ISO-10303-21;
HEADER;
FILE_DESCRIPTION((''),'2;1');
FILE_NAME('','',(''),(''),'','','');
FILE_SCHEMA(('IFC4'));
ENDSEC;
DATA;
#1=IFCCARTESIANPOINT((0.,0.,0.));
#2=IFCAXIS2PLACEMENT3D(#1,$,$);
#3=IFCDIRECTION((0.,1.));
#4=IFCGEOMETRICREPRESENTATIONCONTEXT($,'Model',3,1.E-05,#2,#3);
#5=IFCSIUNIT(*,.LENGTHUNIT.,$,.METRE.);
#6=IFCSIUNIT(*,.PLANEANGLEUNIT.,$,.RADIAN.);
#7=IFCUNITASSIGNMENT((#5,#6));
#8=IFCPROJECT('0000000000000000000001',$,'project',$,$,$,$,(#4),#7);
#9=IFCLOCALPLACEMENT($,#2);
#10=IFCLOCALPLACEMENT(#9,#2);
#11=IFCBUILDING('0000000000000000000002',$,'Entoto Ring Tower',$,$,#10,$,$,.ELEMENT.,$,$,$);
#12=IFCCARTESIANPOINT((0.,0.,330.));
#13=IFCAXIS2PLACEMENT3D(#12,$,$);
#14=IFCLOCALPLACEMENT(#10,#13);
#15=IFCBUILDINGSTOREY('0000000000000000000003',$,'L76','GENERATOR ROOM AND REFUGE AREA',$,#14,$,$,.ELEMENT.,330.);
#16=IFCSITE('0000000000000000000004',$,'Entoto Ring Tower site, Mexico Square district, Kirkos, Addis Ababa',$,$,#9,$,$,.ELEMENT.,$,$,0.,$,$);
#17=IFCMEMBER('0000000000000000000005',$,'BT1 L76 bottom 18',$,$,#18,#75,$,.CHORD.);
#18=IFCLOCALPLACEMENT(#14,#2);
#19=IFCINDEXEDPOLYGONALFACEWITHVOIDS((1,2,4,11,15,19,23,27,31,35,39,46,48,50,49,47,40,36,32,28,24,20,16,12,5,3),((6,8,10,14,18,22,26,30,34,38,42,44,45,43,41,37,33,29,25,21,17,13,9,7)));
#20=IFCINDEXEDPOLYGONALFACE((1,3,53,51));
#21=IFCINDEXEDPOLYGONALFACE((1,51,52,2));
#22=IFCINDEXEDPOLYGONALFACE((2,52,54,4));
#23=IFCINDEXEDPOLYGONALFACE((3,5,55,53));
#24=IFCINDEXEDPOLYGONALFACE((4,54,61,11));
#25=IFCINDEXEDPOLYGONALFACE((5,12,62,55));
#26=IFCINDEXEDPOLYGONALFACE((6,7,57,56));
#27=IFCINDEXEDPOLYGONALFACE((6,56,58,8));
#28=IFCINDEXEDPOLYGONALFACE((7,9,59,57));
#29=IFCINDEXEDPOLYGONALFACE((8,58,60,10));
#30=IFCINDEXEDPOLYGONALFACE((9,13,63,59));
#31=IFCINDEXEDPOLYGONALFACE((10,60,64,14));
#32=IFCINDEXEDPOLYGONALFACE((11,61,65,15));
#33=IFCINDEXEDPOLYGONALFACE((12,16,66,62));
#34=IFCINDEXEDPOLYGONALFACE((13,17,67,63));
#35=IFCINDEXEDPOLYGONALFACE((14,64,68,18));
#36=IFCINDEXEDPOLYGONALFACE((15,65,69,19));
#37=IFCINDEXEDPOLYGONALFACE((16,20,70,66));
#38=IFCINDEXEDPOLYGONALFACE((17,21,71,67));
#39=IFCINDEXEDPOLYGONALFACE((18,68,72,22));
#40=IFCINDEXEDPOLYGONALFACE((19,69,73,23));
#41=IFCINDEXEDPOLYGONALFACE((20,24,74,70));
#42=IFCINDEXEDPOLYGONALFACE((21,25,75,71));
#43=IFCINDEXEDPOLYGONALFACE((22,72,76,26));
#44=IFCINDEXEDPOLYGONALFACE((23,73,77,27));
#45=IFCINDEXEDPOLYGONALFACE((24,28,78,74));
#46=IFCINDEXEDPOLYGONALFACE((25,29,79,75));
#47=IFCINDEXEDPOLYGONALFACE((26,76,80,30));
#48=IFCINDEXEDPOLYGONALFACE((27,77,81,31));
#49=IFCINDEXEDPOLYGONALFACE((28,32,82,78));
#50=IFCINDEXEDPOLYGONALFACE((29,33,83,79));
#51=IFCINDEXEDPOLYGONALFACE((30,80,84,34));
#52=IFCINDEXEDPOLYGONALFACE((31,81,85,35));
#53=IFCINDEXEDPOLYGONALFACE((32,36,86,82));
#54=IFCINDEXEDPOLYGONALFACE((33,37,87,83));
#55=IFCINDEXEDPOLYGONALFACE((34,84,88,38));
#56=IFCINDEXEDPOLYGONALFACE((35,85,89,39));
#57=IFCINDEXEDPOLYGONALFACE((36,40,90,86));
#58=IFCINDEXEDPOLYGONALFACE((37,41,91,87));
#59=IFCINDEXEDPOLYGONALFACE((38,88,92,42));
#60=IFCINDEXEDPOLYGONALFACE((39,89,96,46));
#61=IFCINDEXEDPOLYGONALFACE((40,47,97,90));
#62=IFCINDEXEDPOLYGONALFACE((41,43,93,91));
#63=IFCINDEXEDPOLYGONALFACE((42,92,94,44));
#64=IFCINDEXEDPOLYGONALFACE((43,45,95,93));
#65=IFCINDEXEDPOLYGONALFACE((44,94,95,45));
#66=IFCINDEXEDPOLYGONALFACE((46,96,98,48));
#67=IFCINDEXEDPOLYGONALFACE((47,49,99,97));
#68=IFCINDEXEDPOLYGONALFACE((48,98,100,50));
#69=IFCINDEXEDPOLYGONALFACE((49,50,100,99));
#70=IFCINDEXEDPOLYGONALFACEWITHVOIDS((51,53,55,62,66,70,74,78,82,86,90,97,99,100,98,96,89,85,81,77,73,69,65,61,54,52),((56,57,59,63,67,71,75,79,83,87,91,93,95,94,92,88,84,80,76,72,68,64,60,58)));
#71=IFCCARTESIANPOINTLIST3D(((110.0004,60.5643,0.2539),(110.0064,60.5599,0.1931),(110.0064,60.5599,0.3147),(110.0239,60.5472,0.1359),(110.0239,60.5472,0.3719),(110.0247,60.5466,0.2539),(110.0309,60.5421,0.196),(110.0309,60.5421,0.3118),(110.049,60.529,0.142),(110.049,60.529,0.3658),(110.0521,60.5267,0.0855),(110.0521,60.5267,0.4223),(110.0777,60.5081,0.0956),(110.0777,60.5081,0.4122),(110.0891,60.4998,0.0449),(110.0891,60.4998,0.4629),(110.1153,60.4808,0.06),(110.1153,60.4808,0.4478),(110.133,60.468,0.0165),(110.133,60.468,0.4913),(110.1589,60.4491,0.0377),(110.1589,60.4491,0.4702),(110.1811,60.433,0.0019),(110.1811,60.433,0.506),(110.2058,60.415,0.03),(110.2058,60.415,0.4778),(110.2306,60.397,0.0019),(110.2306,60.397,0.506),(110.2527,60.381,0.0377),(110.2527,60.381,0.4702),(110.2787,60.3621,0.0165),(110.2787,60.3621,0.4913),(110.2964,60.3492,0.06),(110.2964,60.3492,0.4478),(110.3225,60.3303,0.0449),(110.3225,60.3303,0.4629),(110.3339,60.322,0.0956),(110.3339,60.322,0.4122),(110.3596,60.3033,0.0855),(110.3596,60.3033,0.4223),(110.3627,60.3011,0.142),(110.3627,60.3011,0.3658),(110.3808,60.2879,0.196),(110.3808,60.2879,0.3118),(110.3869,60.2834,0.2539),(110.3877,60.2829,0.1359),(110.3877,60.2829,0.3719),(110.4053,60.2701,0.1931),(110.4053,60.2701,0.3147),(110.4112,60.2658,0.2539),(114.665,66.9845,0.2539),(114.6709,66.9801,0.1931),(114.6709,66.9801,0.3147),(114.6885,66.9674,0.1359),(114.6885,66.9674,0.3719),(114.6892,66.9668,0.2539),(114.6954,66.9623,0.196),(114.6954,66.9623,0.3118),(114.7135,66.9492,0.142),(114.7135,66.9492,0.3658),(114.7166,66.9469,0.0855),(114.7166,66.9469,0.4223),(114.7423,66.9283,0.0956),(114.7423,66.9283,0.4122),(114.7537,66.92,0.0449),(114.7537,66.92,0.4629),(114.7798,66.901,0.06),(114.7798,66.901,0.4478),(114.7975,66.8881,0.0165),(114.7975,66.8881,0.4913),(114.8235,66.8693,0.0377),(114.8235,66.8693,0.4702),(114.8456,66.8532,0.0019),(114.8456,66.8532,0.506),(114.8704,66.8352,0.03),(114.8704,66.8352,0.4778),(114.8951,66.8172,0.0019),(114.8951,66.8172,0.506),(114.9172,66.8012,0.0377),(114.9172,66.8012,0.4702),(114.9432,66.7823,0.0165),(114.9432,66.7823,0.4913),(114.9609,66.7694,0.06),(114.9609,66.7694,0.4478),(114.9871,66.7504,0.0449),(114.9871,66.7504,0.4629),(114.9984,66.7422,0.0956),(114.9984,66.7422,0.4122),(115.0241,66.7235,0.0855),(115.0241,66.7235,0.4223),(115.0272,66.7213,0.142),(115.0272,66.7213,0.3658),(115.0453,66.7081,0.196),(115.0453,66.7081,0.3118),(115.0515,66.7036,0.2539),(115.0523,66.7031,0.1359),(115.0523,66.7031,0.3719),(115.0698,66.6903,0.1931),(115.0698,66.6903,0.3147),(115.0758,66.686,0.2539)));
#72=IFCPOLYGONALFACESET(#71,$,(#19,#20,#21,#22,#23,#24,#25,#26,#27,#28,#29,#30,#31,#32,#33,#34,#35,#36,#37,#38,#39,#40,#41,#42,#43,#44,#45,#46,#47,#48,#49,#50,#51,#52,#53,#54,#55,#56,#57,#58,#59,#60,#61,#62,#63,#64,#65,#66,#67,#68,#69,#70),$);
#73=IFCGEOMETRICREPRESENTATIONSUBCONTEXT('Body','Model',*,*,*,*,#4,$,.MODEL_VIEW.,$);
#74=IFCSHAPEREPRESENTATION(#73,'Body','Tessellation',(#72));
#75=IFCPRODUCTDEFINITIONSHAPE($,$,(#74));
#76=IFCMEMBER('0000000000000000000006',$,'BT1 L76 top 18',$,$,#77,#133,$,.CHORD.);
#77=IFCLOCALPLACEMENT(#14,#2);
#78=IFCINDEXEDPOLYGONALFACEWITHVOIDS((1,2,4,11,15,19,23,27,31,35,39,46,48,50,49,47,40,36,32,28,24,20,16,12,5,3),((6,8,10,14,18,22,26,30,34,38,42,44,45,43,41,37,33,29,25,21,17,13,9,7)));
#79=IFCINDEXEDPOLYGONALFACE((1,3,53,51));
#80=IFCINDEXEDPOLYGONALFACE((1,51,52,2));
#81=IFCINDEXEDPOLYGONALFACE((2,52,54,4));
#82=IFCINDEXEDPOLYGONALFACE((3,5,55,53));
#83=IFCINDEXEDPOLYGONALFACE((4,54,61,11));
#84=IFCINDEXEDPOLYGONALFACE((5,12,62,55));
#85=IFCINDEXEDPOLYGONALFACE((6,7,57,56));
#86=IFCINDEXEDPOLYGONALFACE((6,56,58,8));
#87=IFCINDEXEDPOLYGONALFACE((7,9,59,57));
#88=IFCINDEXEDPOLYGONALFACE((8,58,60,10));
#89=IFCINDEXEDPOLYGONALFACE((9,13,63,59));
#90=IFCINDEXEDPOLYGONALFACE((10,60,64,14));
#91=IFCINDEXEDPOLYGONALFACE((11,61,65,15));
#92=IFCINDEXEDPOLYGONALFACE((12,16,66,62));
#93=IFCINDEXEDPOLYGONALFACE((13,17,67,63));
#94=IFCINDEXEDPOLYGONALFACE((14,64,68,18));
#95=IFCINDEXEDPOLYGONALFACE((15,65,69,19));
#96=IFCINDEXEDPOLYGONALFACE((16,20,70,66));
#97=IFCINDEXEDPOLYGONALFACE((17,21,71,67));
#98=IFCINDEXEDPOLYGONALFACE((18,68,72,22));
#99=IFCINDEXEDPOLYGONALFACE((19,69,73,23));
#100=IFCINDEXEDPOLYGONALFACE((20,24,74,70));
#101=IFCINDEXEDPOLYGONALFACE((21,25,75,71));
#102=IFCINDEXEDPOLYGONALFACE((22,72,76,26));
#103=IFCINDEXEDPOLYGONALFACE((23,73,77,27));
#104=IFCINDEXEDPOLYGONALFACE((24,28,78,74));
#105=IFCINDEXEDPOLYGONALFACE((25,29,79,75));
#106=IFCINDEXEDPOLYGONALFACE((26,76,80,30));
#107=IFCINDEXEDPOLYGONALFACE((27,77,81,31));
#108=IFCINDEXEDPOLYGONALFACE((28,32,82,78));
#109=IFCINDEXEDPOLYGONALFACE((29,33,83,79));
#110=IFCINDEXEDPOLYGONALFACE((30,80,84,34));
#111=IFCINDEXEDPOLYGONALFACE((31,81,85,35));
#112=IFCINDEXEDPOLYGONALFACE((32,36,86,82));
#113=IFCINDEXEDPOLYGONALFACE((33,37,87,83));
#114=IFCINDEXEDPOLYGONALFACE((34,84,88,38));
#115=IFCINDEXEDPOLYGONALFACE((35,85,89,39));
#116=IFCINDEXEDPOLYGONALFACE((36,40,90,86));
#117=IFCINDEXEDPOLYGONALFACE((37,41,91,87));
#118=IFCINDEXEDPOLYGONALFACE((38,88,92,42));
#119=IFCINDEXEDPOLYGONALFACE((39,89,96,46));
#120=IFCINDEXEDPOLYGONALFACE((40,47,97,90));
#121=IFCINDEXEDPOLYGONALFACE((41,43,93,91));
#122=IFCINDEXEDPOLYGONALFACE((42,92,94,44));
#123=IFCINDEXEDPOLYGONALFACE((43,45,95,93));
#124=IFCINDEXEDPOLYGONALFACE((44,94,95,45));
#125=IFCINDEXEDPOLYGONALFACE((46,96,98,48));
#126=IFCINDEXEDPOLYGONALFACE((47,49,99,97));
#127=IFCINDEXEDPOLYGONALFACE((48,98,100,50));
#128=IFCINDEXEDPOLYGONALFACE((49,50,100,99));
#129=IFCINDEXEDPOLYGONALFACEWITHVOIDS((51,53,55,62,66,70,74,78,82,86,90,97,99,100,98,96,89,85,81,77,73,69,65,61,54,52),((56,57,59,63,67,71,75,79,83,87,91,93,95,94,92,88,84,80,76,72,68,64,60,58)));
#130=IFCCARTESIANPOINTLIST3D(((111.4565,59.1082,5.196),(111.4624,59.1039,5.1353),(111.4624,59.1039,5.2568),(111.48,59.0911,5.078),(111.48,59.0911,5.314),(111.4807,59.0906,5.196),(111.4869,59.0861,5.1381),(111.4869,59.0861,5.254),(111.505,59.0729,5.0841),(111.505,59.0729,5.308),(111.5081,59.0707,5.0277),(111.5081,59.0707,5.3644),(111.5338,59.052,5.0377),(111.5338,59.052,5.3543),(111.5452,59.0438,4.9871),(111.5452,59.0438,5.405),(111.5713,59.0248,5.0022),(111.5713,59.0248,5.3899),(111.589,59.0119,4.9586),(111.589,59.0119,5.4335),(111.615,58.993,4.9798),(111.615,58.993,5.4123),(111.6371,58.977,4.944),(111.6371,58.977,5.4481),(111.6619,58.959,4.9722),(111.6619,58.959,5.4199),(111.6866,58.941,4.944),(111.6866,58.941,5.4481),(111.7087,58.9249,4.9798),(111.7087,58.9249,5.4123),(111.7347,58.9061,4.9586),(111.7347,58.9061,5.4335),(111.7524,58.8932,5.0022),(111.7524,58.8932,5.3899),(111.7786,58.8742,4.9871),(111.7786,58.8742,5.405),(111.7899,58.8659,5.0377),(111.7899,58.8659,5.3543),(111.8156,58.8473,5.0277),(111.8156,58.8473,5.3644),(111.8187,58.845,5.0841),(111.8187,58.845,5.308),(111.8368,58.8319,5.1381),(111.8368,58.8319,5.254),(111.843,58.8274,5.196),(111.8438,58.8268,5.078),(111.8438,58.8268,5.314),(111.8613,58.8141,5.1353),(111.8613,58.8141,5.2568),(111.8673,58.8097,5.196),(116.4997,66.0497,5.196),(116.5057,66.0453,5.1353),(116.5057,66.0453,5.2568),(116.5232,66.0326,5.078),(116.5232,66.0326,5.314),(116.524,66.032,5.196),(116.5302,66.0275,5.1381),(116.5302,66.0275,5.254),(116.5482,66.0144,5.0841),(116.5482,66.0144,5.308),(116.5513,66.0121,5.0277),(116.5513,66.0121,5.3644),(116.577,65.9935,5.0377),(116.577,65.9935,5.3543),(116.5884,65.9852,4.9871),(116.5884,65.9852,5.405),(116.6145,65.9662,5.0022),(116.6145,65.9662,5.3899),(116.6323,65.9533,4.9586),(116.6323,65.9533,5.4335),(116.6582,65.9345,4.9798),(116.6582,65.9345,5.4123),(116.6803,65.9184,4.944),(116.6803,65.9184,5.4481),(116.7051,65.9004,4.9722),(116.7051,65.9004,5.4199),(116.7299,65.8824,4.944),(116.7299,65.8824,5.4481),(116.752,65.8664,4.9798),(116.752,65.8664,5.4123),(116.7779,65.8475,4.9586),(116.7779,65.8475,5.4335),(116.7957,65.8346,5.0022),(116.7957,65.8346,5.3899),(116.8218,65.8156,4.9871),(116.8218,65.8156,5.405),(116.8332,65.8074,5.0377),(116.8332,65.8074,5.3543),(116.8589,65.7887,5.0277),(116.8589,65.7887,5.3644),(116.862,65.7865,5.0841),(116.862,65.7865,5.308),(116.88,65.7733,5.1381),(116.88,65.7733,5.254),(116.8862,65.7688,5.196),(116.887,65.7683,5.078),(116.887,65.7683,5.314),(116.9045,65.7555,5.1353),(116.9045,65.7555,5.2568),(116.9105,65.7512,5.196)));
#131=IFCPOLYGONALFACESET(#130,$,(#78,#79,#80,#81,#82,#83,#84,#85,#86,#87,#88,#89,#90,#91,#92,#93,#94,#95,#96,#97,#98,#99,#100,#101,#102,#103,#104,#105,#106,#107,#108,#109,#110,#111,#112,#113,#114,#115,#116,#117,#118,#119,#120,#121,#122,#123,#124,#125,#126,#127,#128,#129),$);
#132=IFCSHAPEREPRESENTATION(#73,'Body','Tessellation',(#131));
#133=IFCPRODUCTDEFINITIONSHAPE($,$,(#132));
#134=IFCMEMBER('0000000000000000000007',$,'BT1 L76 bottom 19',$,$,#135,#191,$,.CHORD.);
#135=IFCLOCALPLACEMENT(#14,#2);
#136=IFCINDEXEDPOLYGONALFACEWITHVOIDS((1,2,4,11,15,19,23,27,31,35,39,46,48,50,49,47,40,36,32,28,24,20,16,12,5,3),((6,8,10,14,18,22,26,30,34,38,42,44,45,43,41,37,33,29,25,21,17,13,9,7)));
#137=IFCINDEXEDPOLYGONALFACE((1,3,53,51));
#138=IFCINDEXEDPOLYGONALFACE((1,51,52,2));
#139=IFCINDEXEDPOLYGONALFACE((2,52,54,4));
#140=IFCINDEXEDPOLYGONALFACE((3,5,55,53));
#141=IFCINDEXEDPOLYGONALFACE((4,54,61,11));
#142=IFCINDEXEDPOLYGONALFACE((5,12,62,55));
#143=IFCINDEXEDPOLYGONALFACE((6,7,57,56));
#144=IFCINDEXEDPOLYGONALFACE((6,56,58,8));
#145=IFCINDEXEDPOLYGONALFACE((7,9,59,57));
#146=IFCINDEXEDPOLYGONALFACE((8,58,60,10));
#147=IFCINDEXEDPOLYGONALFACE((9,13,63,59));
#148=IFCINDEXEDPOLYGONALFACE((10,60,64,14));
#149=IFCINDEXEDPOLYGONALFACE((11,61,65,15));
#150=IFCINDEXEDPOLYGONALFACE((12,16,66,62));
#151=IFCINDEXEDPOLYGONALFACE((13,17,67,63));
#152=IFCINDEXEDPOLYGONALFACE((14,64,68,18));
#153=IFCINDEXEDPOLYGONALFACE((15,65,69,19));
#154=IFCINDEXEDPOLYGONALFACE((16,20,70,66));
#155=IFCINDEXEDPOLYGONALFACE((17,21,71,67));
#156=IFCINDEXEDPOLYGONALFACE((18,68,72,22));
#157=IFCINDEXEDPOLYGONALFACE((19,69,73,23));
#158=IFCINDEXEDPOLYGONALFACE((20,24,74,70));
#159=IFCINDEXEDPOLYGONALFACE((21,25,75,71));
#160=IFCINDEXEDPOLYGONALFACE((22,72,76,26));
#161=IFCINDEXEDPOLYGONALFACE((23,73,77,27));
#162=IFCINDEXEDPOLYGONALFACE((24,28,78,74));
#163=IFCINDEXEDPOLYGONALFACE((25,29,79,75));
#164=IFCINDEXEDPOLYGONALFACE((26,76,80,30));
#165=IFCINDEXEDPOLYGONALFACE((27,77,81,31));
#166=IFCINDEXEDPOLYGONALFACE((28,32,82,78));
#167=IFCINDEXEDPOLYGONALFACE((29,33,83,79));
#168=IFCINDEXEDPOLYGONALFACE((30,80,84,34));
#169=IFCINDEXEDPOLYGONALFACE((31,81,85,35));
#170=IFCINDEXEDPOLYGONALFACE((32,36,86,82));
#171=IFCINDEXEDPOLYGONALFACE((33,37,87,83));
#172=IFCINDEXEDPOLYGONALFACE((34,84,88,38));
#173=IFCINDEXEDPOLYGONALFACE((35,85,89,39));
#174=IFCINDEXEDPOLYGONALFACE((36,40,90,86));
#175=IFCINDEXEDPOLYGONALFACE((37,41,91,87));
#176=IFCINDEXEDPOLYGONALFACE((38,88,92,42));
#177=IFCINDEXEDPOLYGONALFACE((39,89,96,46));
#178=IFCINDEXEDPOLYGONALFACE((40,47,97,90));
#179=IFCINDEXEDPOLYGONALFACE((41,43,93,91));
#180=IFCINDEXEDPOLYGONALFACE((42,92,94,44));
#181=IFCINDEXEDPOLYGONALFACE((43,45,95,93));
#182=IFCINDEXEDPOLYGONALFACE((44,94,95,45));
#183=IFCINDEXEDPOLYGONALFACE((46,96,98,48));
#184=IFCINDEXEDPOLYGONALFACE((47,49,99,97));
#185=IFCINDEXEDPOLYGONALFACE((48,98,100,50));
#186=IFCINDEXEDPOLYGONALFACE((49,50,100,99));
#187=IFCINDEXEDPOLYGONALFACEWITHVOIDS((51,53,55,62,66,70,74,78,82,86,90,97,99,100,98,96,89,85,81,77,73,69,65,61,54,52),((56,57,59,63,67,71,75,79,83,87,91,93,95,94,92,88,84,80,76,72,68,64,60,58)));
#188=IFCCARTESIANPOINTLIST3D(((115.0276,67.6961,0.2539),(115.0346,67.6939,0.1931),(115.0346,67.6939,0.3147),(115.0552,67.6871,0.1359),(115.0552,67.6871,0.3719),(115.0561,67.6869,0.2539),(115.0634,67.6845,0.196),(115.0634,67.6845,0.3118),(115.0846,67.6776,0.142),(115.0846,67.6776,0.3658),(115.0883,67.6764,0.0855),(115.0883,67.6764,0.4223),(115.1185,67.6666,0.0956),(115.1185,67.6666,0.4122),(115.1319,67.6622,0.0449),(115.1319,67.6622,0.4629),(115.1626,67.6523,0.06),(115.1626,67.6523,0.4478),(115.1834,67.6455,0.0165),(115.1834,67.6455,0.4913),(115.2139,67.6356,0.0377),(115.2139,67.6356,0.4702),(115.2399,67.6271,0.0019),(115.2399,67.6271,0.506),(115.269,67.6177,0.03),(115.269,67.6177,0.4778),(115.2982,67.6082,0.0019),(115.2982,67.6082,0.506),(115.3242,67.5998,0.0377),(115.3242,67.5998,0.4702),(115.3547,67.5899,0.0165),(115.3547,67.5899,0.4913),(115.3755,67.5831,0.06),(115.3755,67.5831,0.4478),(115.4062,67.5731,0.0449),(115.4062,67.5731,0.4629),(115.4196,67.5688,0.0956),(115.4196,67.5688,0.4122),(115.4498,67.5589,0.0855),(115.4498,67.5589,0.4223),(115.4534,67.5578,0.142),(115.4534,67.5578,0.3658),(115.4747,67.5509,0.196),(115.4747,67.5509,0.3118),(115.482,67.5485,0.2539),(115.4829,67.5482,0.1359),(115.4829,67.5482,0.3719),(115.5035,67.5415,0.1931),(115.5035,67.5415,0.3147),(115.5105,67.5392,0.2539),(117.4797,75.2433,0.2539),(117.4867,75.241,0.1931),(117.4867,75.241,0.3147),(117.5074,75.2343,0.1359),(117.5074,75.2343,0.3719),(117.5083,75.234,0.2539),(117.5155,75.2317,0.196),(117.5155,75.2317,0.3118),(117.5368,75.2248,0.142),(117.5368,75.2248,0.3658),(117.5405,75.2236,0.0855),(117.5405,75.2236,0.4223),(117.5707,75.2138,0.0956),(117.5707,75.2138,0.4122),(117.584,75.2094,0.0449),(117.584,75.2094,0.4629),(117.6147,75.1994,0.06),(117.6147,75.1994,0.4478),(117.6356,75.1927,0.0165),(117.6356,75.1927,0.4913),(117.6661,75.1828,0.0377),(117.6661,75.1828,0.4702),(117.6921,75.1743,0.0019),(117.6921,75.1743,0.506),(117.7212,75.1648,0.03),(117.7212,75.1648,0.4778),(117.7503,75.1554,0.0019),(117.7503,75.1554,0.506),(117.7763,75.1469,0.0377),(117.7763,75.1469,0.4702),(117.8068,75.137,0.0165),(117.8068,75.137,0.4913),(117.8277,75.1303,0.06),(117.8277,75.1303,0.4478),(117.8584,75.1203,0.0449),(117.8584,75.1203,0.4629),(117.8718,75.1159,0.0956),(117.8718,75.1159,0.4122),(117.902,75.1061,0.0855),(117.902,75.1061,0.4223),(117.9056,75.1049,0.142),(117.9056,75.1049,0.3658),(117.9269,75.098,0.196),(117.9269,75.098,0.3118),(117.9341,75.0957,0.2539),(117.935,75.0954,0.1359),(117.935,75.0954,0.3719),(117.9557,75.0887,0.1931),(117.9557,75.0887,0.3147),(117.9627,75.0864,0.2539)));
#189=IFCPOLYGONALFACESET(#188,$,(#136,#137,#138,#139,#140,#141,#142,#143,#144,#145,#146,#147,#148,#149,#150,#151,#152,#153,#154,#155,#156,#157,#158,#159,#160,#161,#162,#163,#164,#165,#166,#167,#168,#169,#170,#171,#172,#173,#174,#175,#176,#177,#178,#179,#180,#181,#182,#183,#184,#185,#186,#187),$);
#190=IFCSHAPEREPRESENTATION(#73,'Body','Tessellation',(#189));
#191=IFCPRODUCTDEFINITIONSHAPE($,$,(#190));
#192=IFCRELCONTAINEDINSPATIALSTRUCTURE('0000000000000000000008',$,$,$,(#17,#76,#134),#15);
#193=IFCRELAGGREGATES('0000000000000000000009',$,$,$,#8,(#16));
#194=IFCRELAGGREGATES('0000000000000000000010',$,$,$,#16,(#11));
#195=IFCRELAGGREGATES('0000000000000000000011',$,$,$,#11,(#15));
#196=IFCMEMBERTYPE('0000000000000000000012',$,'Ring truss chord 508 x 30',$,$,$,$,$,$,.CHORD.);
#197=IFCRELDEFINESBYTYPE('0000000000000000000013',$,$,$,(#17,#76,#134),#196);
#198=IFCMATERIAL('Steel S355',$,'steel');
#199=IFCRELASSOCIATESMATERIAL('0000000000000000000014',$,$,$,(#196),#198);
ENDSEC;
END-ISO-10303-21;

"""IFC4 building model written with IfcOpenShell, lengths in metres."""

from ifc_helpers import new_model, si_unit, direction, frame, origin, origin_2d, place, context, subcontext, project, spatial, circle, hollow_circle, extrude, material, material_profile, profile_set, type_object, element, save


model = new_model("IFC4")

# Units and contexts
model_context = context("Model", 3, precision=1e-05, world=origin(), true_north=direction((0.0, 1.0)))
body_context = subcontext(model_context, "Body", "Model", "MODEL_VIEW")
ifc_project = project(units=[si_unit("LENGTHUNIT", "METRE"), si_unit("PLANEANGLEUNIT", "RADIAN")], contexts=[model_context])

# Site, building, storey
site_placement = place(None, origin())
site = spatial("IfcSite", under=ifc_project, at=site_placement, Name="Entoto Ring Tower site, Mexico Square district, Kirkos, Addis Ababa", CompositionType="ELEMENT", RefElevation=0.0)
building_placement = place(site_placement, origin())
building = spatial("IfcBuilding", under=site, at=building_placement, Name="Entoto Ring Tower", CompositionType="ELEMENT")
storey_placement = place(building_placement, frame((0.0, 0.0, 330.0)))
storey = spatial("IfcBuildingStorey", under=building, at=storey_placement, Name="L76", Description="GENERATOR ROOM AND REFUGE AREA", CompositionType="ELEMENT", Elevation=330.0)

# Members
ifc_material_1 = material(Name="Steel S355", Category="steel")
ifc_material_profile_1 = material_profile(ifc_material_1, hollow_circle(Radius=0.2539, WallThickness=0.03, at=origin_2d()), Name="CHS 508 x 30")
ifc_material_2 = material(Name="Concrete C60/75", Category="concrete")
ifc_material_profile_2 = material_profile(ifc_material_2, circle(Radius=0.2241, at=origin_2d()), Name="Concrete C60/75 infill")
ifc_profile_set_1 = profile_set([ifc_material_profile_1, ifc_material_profile_2], Name="Steel S355")
member_type_1 = type_object("IfcMemberType", Name="Ring truss chord 508 x 30", PredefinedType="CHORD", material=ifc_profile_set_1)
member_1_placement = place(storey_placement, frame((110.2058, 60.415, 0.2539), z_axis=(0.587787, 0.809015, 0.0), x_axis=(-0.809015, 0.587787, 0.0)))
element("IfcMember", 1, at=member_1_placement, inside=storey, type_object=member_type_1, Name="BT1 L76 bottom 18", PredefinedType="CHORD", context=body_context, shape_type="SweptSolid", body=[
    extrude(hollow_circle(Radius=0.2539, WallThickness=0.03, at=origin_2d()), origin(), (0.0, 0.0, 1.0), 7.9358),
])
member_2_placement = place(storey_placement, frame((111.6619, 58.959, 5.196), z_axis=(0.587784, 0.809018, 0.0), x_axis=(-0.809018, 0.587784, 0.0)))
element("IfcMember", 2, at=member_2_placement, inside=storey, type_object=member_type_1, Name="BT1 L76 top 18", PredefinedType="CHORD", context=body_context, shape_type="SweptSolid", body=[
    extrude(hollow_circle(Radius=0.2539, WallThickness=0.03, at=origin_2d()), origin(), (0.0, 0.0, 1.0), 8.5801),
])
member_3_placement = place(storey_placement, frame((115.269, 67.6177, 0.2539), z_axis=(0.30901, 0.951059, 0.0), x_axis=(-0.951059, 0.30901, 0.0)))
element("IfcMember", 3, at=member_3_placement, inside=storey, type_object=member_type_1, Name="BT1 L76 bottom 19", PredefinedType="CHORD", context=body_context, shape_type="SweptSolid", body=[
    extrude(hollow_circle(Radius=0.2539, WallThickness=0.03, at=origin_2d()), origin(), (0.0, 0.0, 1.0), 7.9355),
])

save(model, "model.ifc")
